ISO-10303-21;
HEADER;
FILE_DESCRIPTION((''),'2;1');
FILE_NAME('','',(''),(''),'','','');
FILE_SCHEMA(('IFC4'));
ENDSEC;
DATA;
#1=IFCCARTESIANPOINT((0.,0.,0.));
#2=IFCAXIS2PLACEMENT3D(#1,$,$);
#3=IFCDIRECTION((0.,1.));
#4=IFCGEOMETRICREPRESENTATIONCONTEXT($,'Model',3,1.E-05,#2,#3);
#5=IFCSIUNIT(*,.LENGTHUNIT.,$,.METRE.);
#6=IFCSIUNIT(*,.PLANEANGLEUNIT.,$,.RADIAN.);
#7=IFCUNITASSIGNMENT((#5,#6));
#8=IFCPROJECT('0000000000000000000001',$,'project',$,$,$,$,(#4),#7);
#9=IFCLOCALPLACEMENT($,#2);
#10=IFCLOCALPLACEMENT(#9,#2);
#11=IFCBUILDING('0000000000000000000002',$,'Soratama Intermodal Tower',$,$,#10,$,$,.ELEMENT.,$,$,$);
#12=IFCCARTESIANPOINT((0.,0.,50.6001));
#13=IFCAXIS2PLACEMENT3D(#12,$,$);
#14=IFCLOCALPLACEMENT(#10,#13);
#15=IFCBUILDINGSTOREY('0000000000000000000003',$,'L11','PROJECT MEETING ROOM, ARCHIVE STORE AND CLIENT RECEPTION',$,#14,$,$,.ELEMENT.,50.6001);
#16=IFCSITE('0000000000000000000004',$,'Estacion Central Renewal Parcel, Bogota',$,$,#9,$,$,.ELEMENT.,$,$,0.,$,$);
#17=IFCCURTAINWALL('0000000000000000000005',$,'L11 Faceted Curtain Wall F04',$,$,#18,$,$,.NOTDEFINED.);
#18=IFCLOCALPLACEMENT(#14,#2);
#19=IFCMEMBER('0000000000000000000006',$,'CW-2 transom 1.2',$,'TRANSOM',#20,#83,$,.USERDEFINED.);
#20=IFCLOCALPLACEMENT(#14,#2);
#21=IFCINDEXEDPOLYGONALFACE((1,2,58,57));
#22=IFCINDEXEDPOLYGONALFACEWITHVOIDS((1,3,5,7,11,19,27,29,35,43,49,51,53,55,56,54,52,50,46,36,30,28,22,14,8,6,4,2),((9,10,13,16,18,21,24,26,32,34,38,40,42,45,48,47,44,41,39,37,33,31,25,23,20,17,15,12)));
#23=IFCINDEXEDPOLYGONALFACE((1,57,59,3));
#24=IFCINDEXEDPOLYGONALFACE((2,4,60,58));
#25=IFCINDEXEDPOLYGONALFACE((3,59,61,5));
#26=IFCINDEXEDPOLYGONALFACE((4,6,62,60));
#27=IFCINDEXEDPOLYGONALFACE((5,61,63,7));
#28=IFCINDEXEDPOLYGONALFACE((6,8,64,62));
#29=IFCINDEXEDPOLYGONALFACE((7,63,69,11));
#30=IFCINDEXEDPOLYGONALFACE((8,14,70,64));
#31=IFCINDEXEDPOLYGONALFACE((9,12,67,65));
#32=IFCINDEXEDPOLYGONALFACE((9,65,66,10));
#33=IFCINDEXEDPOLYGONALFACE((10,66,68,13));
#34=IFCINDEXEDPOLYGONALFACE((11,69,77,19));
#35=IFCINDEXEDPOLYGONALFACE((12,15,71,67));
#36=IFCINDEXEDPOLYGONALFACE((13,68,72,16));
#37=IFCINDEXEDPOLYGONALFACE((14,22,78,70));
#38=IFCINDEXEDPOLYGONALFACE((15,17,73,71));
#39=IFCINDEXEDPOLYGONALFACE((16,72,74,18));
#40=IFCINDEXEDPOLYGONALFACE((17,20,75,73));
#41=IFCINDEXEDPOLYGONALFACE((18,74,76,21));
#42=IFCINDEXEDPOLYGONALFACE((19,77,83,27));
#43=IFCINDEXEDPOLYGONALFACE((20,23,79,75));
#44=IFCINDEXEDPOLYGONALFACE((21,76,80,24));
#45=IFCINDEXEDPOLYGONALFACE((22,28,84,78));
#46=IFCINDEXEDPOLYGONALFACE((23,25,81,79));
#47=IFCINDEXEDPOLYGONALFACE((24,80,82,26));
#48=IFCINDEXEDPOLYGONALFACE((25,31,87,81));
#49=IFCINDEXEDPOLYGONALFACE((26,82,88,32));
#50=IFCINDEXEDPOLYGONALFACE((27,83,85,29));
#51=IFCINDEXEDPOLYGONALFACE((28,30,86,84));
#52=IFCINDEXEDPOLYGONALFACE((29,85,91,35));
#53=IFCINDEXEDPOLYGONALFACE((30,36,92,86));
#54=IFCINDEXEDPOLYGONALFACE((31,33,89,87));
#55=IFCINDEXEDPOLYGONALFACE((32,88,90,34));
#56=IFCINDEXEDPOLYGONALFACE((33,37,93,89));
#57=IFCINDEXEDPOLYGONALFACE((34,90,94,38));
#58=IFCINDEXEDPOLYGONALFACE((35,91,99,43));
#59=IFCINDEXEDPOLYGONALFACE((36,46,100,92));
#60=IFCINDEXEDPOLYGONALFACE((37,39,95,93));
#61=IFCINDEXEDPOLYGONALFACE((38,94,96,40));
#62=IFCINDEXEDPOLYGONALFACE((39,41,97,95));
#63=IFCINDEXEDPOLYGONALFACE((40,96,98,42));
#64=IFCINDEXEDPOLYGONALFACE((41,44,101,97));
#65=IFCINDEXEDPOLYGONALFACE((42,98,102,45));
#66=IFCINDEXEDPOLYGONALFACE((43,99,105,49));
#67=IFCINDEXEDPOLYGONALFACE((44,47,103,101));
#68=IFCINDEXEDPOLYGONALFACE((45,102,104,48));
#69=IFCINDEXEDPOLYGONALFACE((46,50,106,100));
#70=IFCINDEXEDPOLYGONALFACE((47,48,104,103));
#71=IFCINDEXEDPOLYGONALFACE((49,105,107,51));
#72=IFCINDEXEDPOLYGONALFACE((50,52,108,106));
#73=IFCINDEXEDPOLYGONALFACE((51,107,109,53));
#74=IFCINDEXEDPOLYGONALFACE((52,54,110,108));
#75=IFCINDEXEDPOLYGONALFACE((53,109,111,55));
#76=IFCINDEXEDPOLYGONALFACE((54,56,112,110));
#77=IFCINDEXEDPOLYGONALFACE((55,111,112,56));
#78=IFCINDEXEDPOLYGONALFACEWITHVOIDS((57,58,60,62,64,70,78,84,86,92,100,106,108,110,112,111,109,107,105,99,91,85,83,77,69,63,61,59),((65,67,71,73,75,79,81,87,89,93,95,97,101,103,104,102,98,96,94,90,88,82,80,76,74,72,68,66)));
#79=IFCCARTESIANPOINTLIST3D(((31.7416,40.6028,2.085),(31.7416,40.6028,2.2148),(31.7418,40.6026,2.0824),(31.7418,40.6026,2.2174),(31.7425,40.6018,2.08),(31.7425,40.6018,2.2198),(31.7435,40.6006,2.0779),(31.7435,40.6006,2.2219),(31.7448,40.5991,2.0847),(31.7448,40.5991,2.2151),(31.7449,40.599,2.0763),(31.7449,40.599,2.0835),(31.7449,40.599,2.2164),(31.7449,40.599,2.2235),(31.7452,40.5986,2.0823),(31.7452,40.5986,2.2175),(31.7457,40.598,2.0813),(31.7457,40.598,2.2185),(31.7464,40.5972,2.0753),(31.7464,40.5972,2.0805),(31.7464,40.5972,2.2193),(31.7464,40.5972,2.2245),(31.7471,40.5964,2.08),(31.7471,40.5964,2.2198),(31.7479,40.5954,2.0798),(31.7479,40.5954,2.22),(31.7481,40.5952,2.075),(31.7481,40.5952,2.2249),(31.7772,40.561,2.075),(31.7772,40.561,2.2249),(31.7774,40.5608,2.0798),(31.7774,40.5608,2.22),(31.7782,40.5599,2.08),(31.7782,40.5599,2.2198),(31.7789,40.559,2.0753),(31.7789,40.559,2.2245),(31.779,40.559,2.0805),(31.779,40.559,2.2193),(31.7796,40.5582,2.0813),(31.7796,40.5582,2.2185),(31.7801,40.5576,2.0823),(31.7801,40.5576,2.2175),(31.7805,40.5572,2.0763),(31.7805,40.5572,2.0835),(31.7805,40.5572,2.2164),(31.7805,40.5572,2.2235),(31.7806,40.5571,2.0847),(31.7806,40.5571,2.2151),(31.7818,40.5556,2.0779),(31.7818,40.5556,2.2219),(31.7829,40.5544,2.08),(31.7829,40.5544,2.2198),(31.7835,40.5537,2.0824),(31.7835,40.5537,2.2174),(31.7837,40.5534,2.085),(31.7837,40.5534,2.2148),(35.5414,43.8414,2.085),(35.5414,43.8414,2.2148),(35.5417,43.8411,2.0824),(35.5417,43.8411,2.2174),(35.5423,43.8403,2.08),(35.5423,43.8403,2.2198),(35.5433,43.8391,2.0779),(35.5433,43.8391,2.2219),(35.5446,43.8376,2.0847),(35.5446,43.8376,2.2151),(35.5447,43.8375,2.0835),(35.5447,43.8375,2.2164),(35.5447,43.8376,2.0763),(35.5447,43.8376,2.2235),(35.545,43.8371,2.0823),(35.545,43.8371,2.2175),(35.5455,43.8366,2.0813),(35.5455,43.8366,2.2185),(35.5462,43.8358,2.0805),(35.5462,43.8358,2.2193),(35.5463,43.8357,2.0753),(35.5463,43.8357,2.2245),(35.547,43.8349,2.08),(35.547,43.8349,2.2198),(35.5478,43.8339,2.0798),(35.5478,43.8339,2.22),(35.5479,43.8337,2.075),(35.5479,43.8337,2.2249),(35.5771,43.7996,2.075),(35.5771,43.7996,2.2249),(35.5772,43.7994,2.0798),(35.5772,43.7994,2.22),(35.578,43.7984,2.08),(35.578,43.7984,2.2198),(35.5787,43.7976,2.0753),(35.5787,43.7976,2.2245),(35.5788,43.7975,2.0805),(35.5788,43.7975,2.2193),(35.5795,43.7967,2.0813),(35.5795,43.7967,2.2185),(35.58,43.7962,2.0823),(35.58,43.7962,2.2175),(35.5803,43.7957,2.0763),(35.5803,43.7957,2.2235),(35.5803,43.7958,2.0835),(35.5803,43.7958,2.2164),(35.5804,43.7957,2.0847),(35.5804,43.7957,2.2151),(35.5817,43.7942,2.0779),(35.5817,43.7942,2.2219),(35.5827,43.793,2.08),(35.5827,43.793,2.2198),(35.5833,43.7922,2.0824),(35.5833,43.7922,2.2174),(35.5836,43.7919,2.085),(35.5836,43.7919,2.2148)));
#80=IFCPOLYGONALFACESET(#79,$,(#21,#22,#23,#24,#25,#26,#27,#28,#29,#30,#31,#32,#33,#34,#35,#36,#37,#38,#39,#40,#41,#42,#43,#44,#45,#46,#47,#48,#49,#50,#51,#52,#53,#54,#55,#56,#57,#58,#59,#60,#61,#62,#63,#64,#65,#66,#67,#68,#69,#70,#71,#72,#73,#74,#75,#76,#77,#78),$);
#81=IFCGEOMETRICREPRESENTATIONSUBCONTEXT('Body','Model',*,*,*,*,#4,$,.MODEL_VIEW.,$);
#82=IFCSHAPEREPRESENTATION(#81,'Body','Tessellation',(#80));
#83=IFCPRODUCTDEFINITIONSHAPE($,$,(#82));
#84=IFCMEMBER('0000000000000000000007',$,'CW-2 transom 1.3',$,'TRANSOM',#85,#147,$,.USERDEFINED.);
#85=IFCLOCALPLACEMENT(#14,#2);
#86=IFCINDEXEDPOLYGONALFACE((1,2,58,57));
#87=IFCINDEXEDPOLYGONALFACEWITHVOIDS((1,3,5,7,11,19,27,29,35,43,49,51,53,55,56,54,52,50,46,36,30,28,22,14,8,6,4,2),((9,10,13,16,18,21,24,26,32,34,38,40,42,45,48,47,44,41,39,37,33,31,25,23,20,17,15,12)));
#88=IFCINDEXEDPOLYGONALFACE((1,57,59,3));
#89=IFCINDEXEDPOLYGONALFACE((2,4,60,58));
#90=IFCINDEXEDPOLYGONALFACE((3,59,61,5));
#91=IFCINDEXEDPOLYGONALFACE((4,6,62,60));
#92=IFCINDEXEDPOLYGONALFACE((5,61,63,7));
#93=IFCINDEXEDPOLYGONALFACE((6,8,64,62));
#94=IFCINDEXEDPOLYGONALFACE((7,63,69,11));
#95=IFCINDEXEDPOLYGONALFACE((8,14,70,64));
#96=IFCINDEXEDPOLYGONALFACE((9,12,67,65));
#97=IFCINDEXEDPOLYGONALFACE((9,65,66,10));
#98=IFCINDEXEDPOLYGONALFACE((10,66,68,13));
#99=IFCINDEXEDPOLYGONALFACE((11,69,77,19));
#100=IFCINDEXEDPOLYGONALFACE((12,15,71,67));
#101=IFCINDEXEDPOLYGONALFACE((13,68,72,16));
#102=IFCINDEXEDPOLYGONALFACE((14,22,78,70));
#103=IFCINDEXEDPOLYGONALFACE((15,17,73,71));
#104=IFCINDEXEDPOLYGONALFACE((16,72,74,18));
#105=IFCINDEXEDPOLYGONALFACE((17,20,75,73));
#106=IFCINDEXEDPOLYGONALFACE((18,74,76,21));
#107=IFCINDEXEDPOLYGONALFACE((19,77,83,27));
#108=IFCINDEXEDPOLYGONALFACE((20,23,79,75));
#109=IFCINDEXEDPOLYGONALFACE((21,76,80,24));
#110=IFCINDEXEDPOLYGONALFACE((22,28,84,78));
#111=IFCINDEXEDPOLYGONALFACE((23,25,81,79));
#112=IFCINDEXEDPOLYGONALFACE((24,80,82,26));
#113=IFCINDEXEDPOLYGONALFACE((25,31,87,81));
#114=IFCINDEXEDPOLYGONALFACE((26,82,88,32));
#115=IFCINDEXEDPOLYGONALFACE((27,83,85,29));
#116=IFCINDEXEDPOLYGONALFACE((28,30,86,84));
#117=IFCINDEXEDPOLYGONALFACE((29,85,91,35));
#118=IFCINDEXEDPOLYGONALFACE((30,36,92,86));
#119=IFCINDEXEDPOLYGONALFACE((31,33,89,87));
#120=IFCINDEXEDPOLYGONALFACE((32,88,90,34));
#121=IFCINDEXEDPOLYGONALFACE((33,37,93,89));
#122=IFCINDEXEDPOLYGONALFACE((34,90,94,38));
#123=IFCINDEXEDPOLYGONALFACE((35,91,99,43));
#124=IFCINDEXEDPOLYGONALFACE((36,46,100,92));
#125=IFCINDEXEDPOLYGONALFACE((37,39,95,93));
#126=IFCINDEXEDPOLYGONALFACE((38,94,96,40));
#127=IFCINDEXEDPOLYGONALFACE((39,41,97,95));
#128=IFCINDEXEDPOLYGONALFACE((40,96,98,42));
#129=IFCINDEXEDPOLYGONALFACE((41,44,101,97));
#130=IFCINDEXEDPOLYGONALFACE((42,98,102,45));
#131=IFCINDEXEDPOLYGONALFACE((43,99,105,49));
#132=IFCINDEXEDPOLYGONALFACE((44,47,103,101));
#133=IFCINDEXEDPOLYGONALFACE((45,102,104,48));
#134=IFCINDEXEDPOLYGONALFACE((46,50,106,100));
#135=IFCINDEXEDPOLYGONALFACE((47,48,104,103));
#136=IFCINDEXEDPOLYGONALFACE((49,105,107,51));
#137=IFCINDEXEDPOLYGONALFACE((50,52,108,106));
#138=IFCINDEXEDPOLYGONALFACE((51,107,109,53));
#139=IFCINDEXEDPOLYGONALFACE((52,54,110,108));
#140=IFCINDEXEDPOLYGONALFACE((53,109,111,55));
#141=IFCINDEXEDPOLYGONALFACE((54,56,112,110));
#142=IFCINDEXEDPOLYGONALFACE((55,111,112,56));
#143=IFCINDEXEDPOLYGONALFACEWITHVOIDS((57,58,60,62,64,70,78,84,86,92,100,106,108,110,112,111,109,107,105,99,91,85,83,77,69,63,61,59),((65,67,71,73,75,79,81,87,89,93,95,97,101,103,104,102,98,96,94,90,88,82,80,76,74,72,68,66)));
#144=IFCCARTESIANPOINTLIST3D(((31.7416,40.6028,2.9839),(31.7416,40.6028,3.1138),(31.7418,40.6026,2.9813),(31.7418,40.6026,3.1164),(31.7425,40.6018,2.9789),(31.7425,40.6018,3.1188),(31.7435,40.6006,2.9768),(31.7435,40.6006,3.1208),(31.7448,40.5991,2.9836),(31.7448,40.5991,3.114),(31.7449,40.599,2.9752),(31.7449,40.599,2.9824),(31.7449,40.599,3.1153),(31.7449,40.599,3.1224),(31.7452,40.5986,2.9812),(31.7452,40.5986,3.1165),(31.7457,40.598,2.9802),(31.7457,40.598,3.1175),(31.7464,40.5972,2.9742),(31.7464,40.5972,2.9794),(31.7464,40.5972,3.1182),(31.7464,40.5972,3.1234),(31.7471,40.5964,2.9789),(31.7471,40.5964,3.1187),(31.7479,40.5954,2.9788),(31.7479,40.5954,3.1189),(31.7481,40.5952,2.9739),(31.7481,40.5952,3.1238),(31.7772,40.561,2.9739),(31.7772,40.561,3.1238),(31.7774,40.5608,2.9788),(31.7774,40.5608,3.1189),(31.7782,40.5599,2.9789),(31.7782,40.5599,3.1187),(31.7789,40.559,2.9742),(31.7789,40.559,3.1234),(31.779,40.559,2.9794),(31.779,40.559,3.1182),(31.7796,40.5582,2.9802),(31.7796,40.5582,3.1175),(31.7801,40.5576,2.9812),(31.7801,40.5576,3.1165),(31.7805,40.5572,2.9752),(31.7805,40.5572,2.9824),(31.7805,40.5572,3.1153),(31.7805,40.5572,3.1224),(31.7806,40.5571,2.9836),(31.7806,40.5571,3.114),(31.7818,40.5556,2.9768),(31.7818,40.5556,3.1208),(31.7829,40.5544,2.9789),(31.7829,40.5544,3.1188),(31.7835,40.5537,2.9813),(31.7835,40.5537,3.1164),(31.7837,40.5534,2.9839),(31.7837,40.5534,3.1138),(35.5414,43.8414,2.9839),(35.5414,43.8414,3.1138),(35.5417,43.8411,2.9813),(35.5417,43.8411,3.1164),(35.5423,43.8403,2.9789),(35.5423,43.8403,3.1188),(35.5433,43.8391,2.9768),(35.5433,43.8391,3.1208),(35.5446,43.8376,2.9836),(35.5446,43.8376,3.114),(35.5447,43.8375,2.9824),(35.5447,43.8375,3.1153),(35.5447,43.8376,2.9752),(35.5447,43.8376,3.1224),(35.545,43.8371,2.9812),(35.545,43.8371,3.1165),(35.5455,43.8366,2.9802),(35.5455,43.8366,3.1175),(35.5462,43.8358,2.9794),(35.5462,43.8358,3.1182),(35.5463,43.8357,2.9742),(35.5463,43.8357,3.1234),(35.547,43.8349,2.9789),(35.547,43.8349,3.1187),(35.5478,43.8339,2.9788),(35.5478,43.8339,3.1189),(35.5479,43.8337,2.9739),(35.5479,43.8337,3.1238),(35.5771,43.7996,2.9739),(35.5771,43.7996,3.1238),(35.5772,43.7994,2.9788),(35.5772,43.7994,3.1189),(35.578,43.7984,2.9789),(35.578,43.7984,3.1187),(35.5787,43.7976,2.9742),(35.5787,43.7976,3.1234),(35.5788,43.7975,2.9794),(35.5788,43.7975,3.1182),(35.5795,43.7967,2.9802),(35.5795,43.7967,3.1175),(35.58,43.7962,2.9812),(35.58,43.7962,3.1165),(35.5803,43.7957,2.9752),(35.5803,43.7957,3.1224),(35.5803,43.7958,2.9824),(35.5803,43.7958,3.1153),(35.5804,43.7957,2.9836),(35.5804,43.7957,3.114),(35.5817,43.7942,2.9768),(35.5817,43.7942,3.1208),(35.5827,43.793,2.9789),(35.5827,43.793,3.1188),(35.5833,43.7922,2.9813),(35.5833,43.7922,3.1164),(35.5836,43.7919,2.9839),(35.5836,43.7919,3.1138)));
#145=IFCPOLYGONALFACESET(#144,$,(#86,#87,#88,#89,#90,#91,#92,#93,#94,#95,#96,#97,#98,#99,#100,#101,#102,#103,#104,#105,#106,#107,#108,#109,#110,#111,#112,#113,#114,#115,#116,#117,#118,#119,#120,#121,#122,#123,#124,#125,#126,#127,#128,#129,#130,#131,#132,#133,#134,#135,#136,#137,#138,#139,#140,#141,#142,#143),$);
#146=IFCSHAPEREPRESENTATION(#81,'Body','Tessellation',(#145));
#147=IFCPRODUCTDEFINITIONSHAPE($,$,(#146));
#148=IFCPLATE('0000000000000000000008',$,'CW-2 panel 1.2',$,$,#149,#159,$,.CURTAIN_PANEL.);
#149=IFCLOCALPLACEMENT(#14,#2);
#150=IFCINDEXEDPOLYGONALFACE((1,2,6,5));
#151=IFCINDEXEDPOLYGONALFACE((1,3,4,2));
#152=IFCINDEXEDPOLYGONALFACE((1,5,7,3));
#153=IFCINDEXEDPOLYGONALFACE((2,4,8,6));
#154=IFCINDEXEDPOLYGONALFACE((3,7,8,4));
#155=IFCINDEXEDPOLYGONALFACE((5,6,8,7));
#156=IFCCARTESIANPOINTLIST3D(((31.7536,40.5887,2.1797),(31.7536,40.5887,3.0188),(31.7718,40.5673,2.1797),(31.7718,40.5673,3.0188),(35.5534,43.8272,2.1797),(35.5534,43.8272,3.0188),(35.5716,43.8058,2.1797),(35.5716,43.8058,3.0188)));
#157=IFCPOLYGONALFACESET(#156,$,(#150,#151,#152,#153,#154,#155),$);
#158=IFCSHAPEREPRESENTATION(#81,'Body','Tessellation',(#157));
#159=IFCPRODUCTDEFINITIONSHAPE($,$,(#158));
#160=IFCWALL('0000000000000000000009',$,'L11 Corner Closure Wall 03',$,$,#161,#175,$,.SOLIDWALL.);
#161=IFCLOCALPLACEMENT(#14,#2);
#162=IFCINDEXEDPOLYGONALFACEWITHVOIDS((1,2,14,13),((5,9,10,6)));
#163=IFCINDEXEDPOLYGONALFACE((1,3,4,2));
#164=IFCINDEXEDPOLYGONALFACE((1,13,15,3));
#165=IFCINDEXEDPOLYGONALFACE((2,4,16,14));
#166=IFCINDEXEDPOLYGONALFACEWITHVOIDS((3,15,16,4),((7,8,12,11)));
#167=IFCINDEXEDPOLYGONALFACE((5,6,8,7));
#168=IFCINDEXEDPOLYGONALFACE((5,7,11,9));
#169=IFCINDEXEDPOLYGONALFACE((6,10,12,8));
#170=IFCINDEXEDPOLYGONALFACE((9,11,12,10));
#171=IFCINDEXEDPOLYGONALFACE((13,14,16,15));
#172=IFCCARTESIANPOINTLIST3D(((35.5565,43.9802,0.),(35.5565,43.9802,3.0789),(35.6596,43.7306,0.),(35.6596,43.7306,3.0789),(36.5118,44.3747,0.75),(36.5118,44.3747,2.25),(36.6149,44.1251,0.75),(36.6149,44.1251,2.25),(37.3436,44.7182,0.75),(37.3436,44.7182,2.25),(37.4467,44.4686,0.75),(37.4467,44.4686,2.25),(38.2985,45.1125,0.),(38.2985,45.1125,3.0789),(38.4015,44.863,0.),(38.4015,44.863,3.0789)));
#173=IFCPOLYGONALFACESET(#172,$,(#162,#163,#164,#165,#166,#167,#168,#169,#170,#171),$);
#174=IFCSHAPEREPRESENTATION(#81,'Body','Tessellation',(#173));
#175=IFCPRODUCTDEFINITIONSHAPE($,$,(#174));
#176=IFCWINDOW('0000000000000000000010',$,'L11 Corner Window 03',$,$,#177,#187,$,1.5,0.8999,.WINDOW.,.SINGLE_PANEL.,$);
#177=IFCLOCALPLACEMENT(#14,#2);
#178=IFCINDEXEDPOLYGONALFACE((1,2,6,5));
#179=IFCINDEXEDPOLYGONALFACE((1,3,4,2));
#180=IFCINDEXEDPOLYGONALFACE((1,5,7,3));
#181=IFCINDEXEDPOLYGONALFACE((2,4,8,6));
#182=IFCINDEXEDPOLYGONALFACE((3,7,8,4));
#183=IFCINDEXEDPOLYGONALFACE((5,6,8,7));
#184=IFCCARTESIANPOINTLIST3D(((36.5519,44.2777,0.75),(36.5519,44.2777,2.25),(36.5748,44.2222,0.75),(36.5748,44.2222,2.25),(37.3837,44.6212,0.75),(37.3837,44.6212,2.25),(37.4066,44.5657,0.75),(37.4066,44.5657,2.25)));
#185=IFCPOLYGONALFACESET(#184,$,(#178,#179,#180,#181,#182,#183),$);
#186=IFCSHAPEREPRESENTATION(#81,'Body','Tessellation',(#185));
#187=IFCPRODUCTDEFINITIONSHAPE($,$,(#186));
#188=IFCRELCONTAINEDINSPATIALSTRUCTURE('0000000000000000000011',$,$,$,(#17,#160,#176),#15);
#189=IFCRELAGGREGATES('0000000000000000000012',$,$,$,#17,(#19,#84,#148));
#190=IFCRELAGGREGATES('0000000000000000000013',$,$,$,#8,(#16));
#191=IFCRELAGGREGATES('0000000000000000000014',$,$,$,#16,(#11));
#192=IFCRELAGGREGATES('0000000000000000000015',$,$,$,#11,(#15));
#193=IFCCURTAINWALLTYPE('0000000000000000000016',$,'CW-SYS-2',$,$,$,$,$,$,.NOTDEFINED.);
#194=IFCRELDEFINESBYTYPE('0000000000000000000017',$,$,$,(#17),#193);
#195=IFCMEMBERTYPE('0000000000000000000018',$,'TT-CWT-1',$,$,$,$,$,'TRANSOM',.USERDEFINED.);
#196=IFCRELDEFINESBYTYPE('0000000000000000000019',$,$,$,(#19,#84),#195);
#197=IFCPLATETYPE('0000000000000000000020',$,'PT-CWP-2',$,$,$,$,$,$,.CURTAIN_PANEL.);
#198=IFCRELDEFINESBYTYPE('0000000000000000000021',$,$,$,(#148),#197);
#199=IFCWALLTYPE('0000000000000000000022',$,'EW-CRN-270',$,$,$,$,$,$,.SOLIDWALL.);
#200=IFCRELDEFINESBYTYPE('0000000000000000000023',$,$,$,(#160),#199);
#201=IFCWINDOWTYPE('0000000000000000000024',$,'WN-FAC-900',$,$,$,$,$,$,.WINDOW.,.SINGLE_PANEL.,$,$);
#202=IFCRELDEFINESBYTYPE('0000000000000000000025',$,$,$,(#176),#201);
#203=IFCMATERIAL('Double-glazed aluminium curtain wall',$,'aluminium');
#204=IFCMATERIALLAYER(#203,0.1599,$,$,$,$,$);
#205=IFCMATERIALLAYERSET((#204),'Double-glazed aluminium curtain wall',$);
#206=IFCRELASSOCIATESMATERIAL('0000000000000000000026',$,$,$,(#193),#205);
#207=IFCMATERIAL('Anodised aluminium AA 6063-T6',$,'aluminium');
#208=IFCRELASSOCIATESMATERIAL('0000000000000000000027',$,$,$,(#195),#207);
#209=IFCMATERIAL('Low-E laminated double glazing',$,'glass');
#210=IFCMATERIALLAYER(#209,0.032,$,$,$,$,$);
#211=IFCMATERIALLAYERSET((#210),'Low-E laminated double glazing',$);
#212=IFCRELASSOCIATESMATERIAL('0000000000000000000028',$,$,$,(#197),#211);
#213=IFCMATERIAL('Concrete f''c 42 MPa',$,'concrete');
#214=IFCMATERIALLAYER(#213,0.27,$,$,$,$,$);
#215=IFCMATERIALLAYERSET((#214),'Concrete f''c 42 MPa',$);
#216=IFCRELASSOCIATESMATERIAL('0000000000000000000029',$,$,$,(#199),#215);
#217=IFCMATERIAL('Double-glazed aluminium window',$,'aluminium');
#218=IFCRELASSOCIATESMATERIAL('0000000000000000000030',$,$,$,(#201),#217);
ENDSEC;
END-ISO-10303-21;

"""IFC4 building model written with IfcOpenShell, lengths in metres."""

from ifc_helpers import new_model, si_unit, direction, frame, frame_2d, origin, origin_2d, place, context, subcontext, project, spatial, rectangle, hollow_rectangle, extrude, material, layer, layer_set, material_profile, profile_set, type_object, element, fill, aggregate, save


model = new_model("IFC4")

# Units and contexts
model_context = context("Model", 3, precision=1e-05, world=origin(), true_north=direction((0.0, 1.0)))
body_context = subcontext(model_context, "Body", "Model", "MODEL_VIEW")
ifc_project = project(units=[si_unit("LENGTHUNIT", "METRE"), si_unit("PLANEANGLEUNIT", "RADIAN")], contexts=[model_context])

# Site, building, storey
site_placement = place(None, origin())
site = spatial("IfcSite", under=ifc_project, at=site_placement, Name="Estacion Central Renewal Parcel, Bogota", CompositionType="ELEMENT", RefElevation=0.0)
building_placement = place(site_placement, origin())
building = spatial("IfcBuilding", under=site, at=building_placement, Name="Soratama Intermodal Tower", CompositionType="ELEMENT")
storey_placement = place(building_placement, frame((0.0, 0.0, 50.6001)))
storey = spatial("IfcBuildingStorey", under=building, at=storey_placement, Name="L11", Description="PROJECT MEETING ROOM, ARCHIVE STORE AND CLIENT RECEPTION", CompositionType="ELEMENT", Elevation=50.6001)

# Curtain wall, members, plate
ifc_material_1 = material(Name="Double-glazed aluminium curtain wall", Category="aluminium")
ifc_layer_1 = layer(ifc_material_1, 0.1599)
ifc_layer_set_1 = layer_set([ifc_layer_1], Name="Double-glazed aluminium curtain wall")
curtain_wall_type = type_object("IfcCurtainWallType", Name="CW-SYS-2", PredefinedType="NOTDEFINED", material=ifc_layer_set_1)
curtain_wall_placement = place(storey_placement, origin())
curtain_wall = element("IfcCurtainWall", 1, at=curtain_wall_placement, inside=storey, type_object=curtain_wall_type, Name="L11 Faceted Curtain Wall F04", PredefinedType="NOTDEFINED")
ifc_material_2 = material(Name="Anodised aluminium AA 6063-T6", Category="aluminium")
ifc_material_profile_1 = material_profile(ifc_material_2, hollow_rectangle(XDim=0.0649, YDim=0.1499, WallThickness=0.0049, InnerFilletRadius=0.0049, OuterFilletRadius=0.01, at=origin_2d()), Name="CWT150X65X5")
ifc_profile_set_1 = profile_set([ifc_material_profile_1], Name="Anodised aluminium AA 6063-T6")
member_type_1 = type_object("IfcMemberType", Name="TT-CWT-1", ElementType="TRANSOM", PredefinedType="USERDEFINED", material=ifc_profile_set_1)
member_1_placement = place(storey_placement, frame((35.5625, 43.8167, 2.1499), z_axis=(-0.76108, -0.648658, 0.0), x_axis=(0.648658, -0.76108, 0.0)))
member_1 = element("IfcMember", 2, at=member_1_placement, type_object=member_type_1, Name="CW-2 transom 1.2", ObjectType="TRANSOM", PredefinedType="USERDEFINED", context=body_context, shape_type="SweptSolid", body=[
    extrude(hollow_rectangle(XDim=0.0649, YDim=0.1499, WallThickness=0.0049, InnerFilletRadius=0.0049, OuterFilletRadius=0.01, at=origin_2d()), origin(), (0.0, 0.0, 1.0), 4.9927),
])
member_2_placement = place(storey_placement, frame((35.5625, 43.8167, 3.0488), z_axis=(-0.76108, -0.648658, 0.0), x_axis=(0.648658, -0.76108, 0.0)))
member_2 = element("IfcMember", 3, at=member_2_placement, type_object=member_type_1, Name="CW-2 transom 1.3", ObjectType="TRANSOM", PredefinedType="USERDEFINED", context=body_context, shape_type="SweptSolid", body=[
    extrude(hollow_rectangle(XDim=0.0649, YDim=0.1499, WallThickness=0.0049, InnerFilletRadius=0.0049, OuterFilletRadius=0.01, at=origin_2d()), origin(), (0.0, 0.0, 1.0), 4.9927),
])
ifc_material_3 = material(Name="Low-E laminated double glazing", Category="glass")
ifc_layer_2 = layer(ifc_material_3, 0.032)
ifc_layer_set_2 = layer_set([ifc_layer_2], Name="Low-E laminated double glazing")
plate_type = type_object("IfcPlateType", Name="PT-CWP-2", PredefinedType="CURTAIN_PANEL", material=ifc_layer_set_2)
plate_placement = place(storey_placement, frame((33.6626, 42.1973, 2.1797), z_axis=(0.0, 0.0, 1.0), x_axis=(-0.761085, -0.648652, 0.0)))
plate = element("IfcPlate", 4, at=plate_placement, type_object=plate_type, Name="CW-2 panel 1.2", PredefinedType="CURTAIN_PANEL", context=body_context, shape_type="SweptSolid", body=[
    extrude(rectangle(XDim=4.9927, YDim=0.0281, at=origin_2d()), origin(), (0.0, 0.0, 1.0), 0.8391),
])
aggregate(curtain_wall, [member_1, member_2, plate])

# Wall, opening, window
ifc_material_4 = material(Name="Concrete f'c 42 MPa", Category="concrete")
ifc_layer_3 = layer(ifc_material_4, 0.27)
ifc_layer_set_3 = layer_set([ifc_layer_3], Name="Concrete f'c 42 MPa")
wall_type_1 = type_object("IfcWallType", Name="EW-CRN-270", PredefinedType="SOLIDWALL", material=ifc_layer_set_3)
wall_1_placement = place(storey_placement, frame((38.3501, 44.9878, 0.0), z_axis=(0.0, 0.0, 1.0), x_axis=(-0.924287, -0.381697, 0.0)))
wall_1 = element("IfcWall", 5, at=wall_1_placement, inside=storey, type_object=wall_type_1, Name="L11 Corner Closure Wall 03", PredefinedType="SOLIDWALL", context=body_context, shape_type="SweptSolid", body=[
    extrude(rectangle(XDim=2.9666, YDim=0.27, at=frame_2d((1.4834, 0.0))), origin(), (0.0, 0.0, 1.0), 3.0789),
])
opening_1_placement = place(wall_1_placement, frame((1.0332, 0.0, 0.75)))
opening_1 = element("IfcOpeningElement", 6, at=opening_1_placement, cuts=wall_1, PredefinedType="OPENING", context=body_context, shape_type="SweptSolid", body=[
    extrude(rectangle(XDim=0.8999, YDim=1.5, at=frame_2d((0.45, 0.75))), frame((0.0, 0.145, 0.0), z_axis=(0.0, -1.0, 0.0), x_axis=(1.0, 0.0, 0.0)), (0.0, 0.0, 1.0), 0.29),
])
ifc_material_5 = material(Name="Double-glazed aluminium window", Category="aluminium")
window_type = type_object("IfcWindowType", Name="WN-FAC-900", PartitioningType="SINGLE_PANEL", PredefinedType="WINDOW", material=ifc_material_5)
window_placement = place(opening_1_placement, origin())
window = element("IfcWindow", 7, at=window_placement, inside=storey, type_object=window_type, Name="L11 Corner Window 03", OverallHeight=1.5, OverallWidth=0.8999, PartitioningType="SINGLE_PANEL", PredefinedType="WINDOW", context=body_context, shape_type="SweptSolid", body=[
    extrude(rectangle(XDim=0.8999, YDim=1.5, at=frame_2d((0.45, 0.75))), frame((0.0, 0.03, 0.0), z_axis=(0.0, -1.0, 0.0), x_axis=(1.0, 0.0, 0.0)), (0.0, 0.0, 1.0), 0.0601),
])
fill(opening_1, window)

save(model, "model.ifc")
